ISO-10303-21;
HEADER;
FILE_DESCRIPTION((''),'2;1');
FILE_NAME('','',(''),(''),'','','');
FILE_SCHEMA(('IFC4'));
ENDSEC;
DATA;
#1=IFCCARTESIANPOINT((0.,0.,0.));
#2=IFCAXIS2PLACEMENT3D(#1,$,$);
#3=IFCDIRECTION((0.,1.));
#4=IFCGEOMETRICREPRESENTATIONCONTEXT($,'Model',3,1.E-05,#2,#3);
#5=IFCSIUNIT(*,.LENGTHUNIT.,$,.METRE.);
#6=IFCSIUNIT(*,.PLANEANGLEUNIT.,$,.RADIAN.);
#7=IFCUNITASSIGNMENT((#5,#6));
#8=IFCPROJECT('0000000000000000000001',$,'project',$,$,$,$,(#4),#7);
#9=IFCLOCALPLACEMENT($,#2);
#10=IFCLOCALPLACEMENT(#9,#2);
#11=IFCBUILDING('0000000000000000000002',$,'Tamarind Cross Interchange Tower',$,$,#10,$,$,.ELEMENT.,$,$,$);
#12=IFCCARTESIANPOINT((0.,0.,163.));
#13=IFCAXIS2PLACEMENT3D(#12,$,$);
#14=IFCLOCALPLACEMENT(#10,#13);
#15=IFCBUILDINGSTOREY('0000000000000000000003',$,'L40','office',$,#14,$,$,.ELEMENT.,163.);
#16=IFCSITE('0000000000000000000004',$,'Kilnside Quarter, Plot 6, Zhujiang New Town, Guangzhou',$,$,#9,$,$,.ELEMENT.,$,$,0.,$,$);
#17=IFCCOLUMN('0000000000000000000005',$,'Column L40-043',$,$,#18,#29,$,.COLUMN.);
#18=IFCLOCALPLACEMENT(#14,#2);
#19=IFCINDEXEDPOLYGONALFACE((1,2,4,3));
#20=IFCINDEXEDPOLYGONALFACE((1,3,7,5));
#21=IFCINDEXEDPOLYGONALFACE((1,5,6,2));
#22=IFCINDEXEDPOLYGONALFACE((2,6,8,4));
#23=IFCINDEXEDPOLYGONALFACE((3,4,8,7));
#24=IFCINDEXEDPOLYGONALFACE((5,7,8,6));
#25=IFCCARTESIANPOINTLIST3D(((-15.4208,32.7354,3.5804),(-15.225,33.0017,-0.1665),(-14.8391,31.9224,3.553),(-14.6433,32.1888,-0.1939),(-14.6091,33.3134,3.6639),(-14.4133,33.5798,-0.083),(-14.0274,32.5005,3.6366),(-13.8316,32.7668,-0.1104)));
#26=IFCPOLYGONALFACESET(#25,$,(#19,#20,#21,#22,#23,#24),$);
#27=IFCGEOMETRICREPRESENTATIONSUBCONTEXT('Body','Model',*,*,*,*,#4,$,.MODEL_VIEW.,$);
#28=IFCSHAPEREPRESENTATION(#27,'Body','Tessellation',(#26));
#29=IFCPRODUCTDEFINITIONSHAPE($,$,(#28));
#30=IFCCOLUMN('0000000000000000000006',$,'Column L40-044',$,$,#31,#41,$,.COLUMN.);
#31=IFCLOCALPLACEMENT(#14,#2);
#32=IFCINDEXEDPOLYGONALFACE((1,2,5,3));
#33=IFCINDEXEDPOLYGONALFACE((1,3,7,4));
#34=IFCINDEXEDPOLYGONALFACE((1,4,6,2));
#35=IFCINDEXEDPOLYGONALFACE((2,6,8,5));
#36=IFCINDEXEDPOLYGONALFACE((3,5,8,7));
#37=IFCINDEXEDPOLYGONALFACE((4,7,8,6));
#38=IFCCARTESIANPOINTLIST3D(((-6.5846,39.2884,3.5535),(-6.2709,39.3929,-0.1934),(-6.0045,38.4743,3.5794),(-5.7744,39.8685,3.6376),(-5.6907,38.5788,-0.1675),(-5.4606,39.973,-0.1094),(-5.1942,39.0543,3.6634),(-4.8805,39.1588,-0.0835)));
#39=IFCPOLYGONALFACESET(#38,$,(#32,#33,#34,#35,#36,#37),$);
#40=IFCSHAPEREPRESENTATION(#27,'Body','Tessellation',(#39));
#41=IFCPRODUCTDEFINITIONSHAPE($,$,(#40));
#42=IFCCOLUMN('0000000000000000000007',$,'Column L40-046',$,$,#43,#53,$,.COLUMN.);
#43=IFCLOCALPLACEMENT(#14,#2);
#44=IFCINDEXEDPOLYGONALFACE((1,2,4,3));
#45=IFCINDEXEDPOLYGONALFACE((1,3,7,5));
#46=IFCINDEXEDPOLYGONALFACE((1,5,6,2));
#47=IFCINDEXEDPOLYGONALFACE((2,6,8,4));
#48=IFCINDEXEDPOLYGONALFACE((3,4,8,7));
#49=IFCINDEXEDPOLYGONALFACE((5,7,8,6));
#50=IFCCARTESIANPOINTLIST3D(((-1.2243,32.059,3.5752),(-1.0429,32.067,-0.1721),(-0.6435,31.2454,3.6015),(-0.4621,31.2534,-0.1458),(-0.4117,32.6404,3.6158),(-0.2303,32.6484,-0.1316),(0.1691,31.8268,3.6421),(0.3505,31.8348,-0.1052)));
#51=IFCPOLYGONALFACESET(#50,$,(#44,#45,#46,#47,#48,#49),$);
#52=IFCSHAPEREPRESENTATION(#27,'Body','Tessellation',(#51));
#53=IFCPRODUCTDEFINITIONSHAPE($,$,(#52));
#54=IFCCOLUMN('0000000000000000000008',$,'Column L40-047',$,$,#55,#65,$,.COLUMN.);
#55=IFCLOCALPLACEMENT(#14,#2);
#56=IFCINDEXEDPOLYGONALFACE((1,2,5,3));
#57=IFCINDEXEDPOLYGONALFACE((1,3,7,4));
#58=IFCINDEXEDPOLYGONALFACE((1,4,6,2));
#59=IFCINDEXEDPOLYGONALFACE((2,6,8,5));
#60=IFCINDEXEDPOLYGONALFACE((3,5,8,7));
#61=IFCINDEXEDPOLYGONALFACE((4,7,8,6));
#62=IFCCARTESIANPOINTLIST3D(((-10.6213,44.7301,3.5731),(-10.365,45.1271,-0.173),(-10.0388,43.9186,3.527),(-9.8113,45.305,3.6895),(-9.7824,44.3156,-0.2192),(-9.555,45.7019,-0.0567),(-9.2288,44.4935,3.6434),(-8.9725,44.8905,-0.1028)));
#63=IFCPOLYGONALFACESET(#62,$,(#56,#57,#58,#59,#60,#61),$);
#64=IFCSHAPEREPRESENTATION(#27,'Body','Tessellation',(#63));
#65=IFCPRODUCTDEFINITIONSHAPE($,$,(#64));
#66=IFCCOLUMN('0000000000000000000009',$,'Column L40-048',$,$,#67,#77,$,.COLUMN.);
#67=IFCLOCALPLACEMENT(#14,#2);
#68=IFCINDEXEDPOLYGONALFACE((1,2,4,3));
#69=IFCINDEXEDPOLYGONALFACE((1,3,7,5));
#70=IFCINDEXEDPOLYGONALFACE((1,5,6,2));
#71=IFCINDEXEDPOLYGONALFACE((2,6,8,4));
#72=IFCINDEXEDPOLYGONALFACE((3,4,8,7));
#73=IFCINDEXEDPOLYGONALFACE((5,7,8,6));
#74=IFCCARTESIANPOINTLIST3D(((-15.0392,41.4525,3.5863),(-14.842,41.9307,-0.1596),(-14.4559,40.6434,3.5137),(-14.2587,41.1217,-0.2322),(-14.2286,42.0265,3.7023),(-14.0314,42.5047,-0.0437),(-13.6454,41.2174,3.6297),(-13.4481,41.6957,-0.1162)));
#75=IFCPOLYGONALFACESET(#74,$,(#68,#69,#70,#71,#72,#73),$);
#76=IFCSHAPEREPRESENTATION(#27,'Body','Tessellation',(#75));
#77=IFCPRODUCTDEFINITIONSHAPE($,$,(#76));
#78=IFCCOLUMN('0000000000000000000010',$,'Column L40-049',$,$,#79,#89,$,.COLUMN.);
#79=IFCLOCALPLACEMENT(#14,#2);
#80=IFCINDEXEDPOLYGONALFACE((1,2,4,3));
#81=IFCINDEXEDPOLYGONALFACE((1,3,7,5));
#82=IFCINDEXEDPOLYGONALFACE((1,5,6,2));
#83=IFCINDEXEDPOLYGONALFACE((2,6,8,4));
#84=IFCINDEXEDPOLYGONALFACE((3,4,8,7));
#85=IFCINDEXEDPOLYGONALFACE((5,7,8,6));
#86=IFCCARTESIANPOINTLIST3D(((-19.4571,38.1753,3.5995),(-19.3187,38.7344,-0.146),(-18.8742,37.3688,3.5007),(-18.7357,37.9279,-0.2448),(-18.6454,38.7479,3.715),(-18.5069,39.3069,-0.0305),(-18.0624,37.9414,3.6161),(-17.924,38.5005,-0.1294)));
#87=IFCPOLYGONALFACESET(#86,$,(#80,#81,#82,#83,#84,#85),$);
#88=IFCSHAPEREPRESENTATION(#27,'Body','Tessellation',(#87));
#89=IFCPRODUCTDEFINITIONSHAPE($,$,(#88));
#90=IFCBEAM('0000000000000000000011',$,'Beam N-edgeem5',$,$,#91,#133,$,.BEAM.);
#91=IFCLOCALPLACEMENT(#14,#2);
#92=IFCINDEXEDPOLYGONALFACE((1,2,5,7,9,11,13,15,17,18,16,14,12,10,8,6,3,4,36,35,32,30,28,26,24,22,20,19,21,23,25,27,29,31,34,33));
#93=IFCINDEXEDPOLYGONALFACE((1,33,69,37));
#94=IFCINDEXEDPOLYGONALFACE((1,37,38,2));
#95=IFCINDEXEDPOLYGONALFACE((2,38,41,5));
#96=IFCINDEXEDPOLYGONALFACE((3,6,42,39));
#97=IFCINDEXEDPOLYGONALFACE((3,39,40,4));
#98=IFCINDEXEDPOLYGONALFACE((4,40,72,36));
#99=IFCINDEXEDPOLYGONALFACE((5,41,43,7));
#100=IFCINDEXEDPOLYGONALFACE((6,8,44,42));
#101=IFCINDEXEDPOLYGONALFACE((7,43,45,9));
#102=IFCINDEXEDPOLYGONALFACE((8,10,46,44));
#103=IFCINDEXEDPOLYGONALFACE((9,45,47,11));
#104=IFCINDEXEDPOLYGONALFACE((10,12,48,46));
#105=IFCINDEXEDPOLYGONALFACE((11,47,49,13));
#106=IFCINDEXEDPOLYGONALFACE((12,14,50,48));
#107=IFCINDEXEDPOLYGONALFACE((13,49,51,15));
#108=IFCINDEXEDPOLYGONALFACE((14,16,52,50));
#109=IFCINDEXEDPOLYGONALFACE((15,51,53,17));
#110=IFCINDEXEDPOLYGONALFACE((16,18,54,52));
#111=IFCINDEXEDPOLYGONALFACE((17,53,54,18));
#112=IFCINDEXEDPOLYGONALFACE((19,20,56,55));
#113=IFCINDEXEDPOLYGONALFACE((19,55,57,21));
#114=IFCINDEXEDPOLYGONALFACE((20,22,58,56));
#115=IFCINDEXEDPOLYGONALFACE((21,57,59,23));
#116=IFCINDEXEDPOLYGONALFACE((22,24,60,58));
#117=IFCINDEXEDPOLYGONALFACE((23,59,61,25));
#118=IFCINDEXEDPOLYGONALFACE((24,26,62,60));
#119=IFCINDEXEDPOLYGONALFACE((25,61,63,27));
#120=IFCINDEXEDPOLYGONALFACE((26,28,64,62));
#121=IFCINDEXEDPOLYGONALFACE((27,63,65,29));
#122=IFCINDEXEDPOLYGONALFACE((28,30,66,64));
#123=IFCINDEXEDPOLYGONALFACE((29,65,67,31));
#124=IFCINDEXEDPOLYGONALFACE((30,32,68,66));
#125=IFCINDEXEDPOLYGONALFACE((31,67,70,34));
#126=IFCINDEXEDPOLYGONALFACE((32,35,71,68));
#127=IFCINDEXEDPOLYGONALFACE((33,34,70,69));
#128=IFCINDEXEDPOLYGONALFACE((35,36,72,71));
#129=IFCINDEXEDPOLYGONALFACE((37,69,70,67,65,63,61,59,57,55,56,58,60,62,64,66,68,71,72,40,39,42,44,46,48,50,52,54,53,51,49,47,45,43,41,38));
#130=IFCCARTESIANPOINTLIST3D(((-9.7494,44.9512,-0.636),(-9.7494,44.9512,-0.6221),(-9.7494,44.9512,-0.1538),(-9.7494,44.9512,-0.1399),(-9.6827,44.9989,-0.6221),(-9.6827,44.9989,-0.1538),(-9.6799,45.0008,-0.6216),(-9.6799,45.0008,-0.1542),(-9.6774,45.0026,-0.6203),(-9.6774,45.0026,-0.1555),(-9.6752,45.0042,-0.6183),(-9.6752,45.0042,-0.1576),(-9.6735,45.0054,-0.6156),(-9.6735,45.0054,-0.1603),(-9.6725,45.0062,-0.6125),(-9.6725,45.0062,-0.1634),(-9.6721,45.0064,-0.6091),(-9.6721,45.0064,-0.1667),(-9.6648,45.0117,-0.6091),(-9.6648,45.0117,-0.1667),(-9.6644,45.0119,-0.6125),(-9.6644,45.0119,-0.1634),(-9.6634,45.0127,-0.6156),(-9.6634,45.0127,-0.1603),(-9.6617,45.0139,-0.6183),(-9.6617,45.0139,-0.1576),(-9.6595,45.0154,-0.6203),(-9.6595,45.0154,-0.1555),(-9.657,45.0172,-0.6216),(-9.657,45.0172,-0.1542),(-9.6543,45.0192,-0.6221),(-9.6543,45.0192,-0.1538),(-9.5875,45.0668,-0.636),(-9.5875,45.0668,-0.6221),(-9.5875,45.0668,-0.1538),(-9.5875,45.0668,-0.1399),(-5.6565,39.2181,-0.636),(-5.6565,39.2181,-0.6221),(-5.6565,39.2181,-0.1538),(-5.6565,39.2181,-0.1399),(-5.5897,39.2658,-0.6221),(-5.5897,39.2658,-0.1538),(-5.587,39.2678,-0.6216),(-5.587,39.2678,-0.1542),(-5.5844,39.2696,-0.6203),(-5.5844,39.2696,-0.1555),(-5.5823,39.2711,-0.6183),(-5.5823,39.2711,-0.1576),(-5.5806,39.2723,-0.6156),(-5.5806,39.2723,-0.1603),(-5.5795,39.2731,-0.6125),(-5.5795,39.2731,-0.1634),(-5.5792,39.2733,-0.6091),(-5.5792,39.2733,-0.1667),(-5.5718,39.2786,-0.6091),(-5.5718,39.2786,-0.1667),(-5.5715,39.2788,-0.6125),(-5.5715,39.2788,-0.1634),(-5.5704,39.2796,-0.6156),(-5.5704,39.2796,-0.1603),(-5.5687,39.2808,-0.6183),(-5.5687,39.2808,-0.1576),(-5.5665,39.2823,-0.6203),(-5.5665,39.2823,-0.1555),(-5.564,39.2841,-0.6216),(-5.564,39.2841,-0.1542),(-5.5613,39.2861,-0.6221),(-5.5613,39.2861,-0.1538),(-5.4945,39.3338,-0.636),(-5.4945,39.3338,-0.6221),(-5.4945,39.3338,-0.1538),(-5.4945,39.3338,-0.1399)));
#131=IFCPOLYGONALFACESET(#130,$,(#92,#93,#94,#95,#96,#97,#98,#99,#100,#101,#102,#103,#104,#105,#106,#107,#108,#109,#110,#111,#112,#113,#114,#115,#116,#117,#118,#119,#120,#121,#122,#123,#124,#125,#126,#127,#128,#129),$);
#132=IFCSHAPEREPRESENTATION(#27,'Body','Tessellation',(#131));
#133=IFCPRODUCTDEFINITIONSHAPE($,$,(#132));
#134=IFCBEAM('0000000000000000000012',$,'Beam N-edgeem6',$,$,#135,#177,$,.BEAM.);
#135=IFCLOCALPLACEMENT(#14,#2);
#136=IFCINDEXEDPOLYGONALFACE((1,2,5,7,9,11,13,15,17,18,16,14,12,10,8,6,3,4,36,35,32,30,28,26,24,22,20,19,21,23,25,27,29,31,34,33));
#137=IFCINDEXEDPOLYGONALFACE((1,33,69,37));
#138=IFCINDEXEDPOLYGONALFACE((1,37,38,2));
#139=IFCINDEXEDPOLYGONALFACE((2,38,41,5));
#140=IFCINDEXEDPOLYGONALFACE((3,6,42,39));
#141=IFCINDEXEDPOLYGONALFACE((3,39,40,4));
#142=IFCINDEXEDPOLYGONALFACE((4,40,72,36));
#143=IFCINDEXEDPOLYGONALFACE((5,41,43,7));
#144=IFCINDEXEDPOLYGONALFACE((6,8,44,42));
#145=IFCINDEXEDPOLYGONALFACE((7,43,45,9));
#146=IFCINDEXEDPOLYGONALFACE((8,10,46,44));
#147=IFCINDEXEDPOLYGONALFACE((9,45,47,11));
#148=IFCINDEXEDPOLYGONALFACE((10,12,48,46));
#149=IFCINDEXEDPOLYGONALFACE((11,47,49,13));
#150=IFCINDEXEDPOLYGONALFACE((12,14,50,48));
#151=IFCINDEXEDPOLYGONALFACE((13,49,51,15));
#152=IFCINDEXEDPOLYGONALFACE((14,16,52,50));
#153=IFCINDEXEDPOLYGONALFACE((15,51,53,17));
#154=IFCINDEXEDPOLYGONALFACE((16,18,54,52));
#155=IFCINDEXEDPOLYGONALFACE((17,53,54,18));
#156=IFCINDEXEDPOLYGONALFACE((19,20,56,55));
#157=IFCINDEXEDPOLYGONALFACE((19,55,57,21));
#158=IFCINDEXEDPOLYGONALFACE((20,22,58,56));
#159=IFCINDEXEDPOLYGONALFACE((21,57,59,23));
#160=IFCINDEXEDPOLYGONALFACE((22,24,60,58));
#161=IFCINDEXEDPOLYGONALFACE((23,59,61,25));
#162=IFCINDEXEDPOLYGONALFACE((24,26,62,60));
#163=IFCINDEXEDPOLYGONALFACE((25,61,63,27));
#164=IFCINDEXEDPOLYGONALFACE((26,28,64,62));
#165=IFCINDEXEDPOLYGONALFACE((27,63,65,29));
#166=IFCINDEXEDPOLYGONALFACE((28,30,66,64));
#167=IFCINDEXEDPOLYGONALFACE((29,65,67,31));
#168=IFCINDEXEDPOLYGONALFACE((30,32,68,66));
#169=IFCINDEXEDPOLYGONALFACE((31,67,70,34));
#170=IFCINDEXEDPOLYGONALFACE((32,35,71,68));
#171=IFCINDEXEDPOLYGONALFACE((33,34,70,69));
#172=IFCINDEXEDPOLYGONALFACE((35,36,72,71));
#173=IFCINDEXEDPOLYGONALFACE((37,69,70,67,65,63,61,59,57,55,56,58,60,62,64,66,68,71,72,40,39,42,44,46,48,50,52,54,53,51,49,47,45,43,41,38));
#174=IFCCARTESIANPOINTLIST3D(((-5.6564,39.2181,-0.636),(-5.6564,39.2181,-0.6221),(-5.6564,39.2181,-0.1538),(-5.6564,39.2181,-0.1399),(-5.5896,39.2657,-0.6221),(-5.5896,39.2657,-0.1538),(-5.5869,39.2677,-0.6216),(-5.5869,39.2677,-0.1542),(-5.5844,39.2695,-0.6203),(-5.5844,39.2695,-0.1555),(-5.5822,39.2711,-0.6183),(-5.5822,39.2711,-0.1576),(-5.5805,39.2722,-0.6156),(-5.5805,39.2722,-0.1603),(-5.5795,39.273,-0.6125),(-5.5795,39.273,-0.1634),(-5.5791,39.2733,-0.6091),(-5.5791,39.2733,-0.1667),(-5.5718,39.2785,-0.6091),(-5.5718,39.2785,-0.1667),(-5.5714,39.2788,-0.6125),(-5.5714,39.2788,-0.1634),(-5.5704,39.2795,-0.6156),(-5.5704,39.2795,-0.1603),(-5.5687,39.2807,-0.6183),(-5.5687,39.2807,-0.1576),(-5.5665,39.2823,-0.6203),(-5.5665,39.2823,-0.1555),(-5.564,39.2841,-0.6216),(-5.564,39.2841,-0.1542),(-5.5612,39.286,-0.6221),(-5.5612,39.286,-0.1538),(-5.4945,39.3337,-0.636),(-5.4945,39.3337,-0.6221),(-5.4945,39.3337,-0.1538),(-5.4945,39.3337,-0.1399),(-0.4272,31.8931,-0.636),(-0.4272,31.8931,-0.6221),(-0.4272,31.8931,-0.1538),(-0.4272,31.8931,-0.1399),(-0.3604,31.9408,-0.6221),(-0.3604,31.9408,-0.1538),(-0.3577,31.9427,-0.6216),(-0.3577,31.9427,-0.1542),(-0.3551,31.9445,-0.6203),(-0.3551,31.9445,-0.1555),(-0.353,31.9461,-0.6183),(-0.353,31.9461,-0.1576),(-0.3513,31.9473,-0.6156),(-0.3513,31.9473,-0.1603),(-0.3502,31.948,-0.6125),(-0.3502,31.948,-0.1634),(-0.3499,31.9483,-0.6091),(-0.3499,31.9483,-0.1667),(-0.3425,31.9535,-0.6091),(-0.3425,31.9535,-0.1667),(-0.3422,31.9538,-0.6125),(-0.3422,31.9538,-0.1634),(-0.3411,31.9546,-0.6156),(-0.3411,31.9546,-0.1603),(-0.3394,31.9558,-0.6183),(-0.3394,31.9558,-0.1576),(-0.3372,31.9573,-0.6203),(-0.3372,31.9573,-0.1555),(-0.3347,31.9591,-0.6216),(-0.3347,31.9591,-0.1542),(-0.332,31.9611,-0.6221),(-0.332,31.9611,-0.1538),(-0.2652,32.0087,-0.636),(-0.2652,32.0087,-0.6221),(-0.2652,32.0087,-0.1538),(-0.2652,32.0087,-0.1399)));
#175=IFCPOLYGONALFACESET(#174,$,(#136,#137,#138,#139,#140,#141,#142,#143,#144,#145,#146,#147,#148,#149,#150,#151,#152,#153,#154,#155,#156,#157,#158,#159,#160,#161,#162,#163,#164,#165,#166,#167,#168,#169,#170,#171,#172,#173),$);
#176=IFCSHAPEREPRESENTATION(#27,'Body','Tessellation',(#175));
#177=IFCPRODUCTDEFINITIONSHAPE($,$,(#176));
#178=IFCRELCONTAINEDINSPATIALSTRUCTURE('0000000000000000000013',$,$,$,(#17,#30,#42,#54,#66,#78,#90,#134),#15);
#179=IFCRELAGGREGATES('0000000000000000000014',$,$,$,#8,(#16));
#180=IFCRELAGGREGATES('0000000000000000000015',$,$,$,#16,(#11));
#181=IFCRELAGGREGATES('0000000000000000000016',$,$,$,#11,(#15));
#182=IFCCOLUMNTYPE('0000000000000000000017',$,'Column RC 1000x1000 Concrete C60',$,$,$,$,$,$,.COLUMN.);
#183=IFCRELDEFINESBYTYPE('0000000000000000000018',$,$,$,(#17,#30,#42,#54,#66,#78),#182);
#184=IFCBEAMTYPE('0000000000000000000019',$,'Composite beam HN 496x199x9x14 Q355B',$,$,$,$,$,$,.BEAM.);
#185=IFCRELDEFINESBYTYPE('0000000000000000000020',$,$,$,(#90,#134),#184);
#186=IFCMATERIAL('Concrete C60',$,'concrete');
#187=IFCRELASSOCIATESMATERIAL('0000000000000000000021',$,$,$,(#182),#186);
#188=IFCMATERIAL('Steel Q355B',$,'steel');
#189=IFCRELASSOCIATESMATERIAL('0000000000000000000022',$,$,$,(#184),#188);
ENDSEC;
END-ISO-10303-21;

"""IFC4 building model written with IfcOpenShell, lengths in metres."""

from ifc_helpers import new_model, si_unit, direction, frame, origin, origin_2d, place, context, subcontext, project, spatial, rectangle, i_section, extrude, material, material_profile, profile_set, type_object, element, save


model = new_model("IFC4")

# Units and contexts
model_context = context("Model", 3, precision=1e-05, world=origin(), true_north=direction((0.0, 1.0)))
body_context = subcontext(model_context, "Body", "Model", "MODEL_VIEW")
ifc_project = project(units=[si_unit("LENGTHUNIT", "METRE"), si_unit("PLANEANGLEUNIT", "RADIAN")], contexts=[model_context])

# Site, building, storey
site_placement = place(None, origin())
site = spatial("IfcSite", under=ifc_project, at=site_placement, Name="Kilnside Quarter, Plot 6, Zhujiang New Town, Guangzhou", CompositionType="ELEMENT", RefElevation=0.0)
building_placement = place(site_placement, origin())
building = spatial("IfcBuilding", under=site, at=building_placement, Name="Tamarind Cross Interchange Tower", CompositionType="ELEMENT")
storey_placement = place(building_placement, frame((0.0, 0.0, 163.0)))
storey = spatial("IfcBuildingStorey", under=building, at=storey_placement, Name="L40", Description="office", CompositionType="ELEMENT", Elevation=163.0)

# Columns
ifc_material_1 = material(Name="Concrete C60", Category="concrete")
ifc_material_profile_1 = material_profile(ifc_material_1, rectangle(XDim=1.0, YDim=1.0, at=origin_2d()), Name="RC 1000x1000")
ifc_profile_set_1 = profile_set([ifc_material_profile_1], Name="Concrete C60")
column_type = type_object("IfcColumnType", Name="Column RC 1000x1000 Concrete C60", PredefinedType="COLUMN", material=ifc_profile_set_1)
for number, where, z_axis, x_axis, name in (
    (1, (-14.5283, 32.8843, -0.1384), (-0.052056, -0.070814, 0.99613), (0.811721, 0.578044, 0.083511), "Column L40-043"),
    (2, (-5.5757, 39.2759, -0.1384), (-0.083406, -0.02778, 0.996128), (0.580128, -0.814114, 0.02587), "Column L40-044"),
):
    element("IfcColumn", number, at=place(storey_placement, frame(where, z_axis=z_axis, x_axis=x_axis)), inside=storey, type_object=column_type, Name=name, PredefinedType="COLUMN", context=body_context, shape_type="SweptSolid", body=[
        extrude(rectangle(XDim=1.0, YDim=1.0, at=origin_2d()), origin(), (0.0, 0.0, 1.0), 3.7615),
    ])
column_1_placement = place(storey_placement, frame((-0.3462, 31.9509, -0.1387), z_axis=(-0.04835, -0.002147, 0.998828), x_axis=(0.580792, -0.813625, 0.026365)))
element("IfcColumn", 3, at=column_1_placement, inside=storey, type_object=column_type, Name="Column L40-046", PredefinedType="COLUMN", context=body_context, shape_type="SweptSolid", body=[
    extrude(rectangle(XDim=1.0, YDim=1.0, at=origin_2d()), origin(), (0.0, 0.0, 1.0), 3.7517),
])
column_2_placement = place(storey_placement, frame((-9.6687, 45.0088, -0.1379), z_axis=(-0.067893, -0.105137, 0.992138), x_axis=(0.80996, 0.57483, 0.116341)))
element("IfcColumn", 4, at=column_2_placement, inside=storey, type_object=column_type, Name="Column L40-047", PredefinedType="COLUMN", context=body_context, shape_type="SweptSolid", body=[
    extrude(rectangle(XDim=1.0, YDim=1.0, at=origin_2d()), origin(), (0.0, 0.0, 1.0), 3.7759),
])
column_3_placement = place(storey_placement, frame((-14.145, 41.8132, -0.1379), z_axis=(-0.052167, -0.12648, 0.990597), x_axis=(0.810591, 0.574013, 0.115978)))
element("IfcColumn", 5, at=column_3_placement, inside=storey, type_object=column_type, Name="Column L40-048", PredefinedType="COLUMN", context=body_context, shape_type="SweptSolid", body=[
    extrude(rectangle(XDim=1.0, YDim=1.0, at=origin_2d()), origin(), (0.0, 0.0, 1.0), 3.7815),
])
column_4_placement = place(storey_placement, frame((-18.6213, 38.6174, -0.1377), z_axis=(-0.036528, -0.147529, 0.988383), x_axis=(0.811708, 0.572539, 0.115458)))
element("IfcColumn", 6, at=column_4_placement, inside=storey, type_object=column_type, Name="Column L40-049", PredefinedType="COLUMN", context=body_context, shape_type="SweptSolid", body=[
    extrude(rectangle(XDim=1.0, YDim=1.0, at=origin_2d()), origin(), (0.0, 0.0, 1.0), 3.7896),
])

# Beams
ifc_material_2 = material(Name="Steel Q355B", Category="steel")
ifc_material_profile_2 = material_profile(ifc_material_2, i_section(OverallWidth=0.199, OverallDepth=0.4961, WebThickness=0.009, FlangeThickness=0.0139, FilletRadius=0.0129, at=origin_2d()), Name="HN 496x199x9x14")
ifc_profile_set_2 = profile_set([ifc_material_profile_2], Name="Steel Q355B")
beam_type_1 = type_object("IfcBeamType", Name="Composite beam HN 496x199x9x14 Q355B", PredefinedType="BEAM", material=ifc_profile_set_2)
beam_1_placement = place(storey_placement, frame((-9.6685, 45.009, -0.3879), z_axis=(0.581041, -0.813874, 0.0), x_axis=(0.813874, 0.581041, 0.0)))
element("IfcBeam", 7, at=beam_1_placement, inside=storey, type_object=beam_type_1, Name="Beam N-edgeem5", PredefinedType="BEAM", context=body_context, shape_type="SweptSolid", body=[
    extrude(i_section(OverallWidth=0.199, OverallDepth=0.4961, WebThickness=0.009, FlangeThickness=0.0139, FilletRadius=0.0129, at=origin_2d()), origin(), (0.0, 0.0, 1.0), 7.0442),
])
beam_2_placement = place(storey_placement, frame((-5.5754, 39.2759, -0.3879), z_axis=(0.581028, -0.813884, 0.0), x_axis=(0.813884, 0.581028, 0.0)))
element("IfcBeam", 8, at=beam_2_placement, inside=storey, type_object=beam_type_1, Name="Beam N-edgeem6", PredefinedType="BEAM", context=body_context, shape_type="SweptSolid", body=[
    extrude(i_section(OverallWidth=0.199, OverallDepth=0.4961, WebThickness=0.009, FlangeThickness=0.0139, FilletRadius=0.0129, at=origin_2d()), origin(), (0.0, 0.0, 1.0), 9.0),
])

save(model, "model.ifc")
